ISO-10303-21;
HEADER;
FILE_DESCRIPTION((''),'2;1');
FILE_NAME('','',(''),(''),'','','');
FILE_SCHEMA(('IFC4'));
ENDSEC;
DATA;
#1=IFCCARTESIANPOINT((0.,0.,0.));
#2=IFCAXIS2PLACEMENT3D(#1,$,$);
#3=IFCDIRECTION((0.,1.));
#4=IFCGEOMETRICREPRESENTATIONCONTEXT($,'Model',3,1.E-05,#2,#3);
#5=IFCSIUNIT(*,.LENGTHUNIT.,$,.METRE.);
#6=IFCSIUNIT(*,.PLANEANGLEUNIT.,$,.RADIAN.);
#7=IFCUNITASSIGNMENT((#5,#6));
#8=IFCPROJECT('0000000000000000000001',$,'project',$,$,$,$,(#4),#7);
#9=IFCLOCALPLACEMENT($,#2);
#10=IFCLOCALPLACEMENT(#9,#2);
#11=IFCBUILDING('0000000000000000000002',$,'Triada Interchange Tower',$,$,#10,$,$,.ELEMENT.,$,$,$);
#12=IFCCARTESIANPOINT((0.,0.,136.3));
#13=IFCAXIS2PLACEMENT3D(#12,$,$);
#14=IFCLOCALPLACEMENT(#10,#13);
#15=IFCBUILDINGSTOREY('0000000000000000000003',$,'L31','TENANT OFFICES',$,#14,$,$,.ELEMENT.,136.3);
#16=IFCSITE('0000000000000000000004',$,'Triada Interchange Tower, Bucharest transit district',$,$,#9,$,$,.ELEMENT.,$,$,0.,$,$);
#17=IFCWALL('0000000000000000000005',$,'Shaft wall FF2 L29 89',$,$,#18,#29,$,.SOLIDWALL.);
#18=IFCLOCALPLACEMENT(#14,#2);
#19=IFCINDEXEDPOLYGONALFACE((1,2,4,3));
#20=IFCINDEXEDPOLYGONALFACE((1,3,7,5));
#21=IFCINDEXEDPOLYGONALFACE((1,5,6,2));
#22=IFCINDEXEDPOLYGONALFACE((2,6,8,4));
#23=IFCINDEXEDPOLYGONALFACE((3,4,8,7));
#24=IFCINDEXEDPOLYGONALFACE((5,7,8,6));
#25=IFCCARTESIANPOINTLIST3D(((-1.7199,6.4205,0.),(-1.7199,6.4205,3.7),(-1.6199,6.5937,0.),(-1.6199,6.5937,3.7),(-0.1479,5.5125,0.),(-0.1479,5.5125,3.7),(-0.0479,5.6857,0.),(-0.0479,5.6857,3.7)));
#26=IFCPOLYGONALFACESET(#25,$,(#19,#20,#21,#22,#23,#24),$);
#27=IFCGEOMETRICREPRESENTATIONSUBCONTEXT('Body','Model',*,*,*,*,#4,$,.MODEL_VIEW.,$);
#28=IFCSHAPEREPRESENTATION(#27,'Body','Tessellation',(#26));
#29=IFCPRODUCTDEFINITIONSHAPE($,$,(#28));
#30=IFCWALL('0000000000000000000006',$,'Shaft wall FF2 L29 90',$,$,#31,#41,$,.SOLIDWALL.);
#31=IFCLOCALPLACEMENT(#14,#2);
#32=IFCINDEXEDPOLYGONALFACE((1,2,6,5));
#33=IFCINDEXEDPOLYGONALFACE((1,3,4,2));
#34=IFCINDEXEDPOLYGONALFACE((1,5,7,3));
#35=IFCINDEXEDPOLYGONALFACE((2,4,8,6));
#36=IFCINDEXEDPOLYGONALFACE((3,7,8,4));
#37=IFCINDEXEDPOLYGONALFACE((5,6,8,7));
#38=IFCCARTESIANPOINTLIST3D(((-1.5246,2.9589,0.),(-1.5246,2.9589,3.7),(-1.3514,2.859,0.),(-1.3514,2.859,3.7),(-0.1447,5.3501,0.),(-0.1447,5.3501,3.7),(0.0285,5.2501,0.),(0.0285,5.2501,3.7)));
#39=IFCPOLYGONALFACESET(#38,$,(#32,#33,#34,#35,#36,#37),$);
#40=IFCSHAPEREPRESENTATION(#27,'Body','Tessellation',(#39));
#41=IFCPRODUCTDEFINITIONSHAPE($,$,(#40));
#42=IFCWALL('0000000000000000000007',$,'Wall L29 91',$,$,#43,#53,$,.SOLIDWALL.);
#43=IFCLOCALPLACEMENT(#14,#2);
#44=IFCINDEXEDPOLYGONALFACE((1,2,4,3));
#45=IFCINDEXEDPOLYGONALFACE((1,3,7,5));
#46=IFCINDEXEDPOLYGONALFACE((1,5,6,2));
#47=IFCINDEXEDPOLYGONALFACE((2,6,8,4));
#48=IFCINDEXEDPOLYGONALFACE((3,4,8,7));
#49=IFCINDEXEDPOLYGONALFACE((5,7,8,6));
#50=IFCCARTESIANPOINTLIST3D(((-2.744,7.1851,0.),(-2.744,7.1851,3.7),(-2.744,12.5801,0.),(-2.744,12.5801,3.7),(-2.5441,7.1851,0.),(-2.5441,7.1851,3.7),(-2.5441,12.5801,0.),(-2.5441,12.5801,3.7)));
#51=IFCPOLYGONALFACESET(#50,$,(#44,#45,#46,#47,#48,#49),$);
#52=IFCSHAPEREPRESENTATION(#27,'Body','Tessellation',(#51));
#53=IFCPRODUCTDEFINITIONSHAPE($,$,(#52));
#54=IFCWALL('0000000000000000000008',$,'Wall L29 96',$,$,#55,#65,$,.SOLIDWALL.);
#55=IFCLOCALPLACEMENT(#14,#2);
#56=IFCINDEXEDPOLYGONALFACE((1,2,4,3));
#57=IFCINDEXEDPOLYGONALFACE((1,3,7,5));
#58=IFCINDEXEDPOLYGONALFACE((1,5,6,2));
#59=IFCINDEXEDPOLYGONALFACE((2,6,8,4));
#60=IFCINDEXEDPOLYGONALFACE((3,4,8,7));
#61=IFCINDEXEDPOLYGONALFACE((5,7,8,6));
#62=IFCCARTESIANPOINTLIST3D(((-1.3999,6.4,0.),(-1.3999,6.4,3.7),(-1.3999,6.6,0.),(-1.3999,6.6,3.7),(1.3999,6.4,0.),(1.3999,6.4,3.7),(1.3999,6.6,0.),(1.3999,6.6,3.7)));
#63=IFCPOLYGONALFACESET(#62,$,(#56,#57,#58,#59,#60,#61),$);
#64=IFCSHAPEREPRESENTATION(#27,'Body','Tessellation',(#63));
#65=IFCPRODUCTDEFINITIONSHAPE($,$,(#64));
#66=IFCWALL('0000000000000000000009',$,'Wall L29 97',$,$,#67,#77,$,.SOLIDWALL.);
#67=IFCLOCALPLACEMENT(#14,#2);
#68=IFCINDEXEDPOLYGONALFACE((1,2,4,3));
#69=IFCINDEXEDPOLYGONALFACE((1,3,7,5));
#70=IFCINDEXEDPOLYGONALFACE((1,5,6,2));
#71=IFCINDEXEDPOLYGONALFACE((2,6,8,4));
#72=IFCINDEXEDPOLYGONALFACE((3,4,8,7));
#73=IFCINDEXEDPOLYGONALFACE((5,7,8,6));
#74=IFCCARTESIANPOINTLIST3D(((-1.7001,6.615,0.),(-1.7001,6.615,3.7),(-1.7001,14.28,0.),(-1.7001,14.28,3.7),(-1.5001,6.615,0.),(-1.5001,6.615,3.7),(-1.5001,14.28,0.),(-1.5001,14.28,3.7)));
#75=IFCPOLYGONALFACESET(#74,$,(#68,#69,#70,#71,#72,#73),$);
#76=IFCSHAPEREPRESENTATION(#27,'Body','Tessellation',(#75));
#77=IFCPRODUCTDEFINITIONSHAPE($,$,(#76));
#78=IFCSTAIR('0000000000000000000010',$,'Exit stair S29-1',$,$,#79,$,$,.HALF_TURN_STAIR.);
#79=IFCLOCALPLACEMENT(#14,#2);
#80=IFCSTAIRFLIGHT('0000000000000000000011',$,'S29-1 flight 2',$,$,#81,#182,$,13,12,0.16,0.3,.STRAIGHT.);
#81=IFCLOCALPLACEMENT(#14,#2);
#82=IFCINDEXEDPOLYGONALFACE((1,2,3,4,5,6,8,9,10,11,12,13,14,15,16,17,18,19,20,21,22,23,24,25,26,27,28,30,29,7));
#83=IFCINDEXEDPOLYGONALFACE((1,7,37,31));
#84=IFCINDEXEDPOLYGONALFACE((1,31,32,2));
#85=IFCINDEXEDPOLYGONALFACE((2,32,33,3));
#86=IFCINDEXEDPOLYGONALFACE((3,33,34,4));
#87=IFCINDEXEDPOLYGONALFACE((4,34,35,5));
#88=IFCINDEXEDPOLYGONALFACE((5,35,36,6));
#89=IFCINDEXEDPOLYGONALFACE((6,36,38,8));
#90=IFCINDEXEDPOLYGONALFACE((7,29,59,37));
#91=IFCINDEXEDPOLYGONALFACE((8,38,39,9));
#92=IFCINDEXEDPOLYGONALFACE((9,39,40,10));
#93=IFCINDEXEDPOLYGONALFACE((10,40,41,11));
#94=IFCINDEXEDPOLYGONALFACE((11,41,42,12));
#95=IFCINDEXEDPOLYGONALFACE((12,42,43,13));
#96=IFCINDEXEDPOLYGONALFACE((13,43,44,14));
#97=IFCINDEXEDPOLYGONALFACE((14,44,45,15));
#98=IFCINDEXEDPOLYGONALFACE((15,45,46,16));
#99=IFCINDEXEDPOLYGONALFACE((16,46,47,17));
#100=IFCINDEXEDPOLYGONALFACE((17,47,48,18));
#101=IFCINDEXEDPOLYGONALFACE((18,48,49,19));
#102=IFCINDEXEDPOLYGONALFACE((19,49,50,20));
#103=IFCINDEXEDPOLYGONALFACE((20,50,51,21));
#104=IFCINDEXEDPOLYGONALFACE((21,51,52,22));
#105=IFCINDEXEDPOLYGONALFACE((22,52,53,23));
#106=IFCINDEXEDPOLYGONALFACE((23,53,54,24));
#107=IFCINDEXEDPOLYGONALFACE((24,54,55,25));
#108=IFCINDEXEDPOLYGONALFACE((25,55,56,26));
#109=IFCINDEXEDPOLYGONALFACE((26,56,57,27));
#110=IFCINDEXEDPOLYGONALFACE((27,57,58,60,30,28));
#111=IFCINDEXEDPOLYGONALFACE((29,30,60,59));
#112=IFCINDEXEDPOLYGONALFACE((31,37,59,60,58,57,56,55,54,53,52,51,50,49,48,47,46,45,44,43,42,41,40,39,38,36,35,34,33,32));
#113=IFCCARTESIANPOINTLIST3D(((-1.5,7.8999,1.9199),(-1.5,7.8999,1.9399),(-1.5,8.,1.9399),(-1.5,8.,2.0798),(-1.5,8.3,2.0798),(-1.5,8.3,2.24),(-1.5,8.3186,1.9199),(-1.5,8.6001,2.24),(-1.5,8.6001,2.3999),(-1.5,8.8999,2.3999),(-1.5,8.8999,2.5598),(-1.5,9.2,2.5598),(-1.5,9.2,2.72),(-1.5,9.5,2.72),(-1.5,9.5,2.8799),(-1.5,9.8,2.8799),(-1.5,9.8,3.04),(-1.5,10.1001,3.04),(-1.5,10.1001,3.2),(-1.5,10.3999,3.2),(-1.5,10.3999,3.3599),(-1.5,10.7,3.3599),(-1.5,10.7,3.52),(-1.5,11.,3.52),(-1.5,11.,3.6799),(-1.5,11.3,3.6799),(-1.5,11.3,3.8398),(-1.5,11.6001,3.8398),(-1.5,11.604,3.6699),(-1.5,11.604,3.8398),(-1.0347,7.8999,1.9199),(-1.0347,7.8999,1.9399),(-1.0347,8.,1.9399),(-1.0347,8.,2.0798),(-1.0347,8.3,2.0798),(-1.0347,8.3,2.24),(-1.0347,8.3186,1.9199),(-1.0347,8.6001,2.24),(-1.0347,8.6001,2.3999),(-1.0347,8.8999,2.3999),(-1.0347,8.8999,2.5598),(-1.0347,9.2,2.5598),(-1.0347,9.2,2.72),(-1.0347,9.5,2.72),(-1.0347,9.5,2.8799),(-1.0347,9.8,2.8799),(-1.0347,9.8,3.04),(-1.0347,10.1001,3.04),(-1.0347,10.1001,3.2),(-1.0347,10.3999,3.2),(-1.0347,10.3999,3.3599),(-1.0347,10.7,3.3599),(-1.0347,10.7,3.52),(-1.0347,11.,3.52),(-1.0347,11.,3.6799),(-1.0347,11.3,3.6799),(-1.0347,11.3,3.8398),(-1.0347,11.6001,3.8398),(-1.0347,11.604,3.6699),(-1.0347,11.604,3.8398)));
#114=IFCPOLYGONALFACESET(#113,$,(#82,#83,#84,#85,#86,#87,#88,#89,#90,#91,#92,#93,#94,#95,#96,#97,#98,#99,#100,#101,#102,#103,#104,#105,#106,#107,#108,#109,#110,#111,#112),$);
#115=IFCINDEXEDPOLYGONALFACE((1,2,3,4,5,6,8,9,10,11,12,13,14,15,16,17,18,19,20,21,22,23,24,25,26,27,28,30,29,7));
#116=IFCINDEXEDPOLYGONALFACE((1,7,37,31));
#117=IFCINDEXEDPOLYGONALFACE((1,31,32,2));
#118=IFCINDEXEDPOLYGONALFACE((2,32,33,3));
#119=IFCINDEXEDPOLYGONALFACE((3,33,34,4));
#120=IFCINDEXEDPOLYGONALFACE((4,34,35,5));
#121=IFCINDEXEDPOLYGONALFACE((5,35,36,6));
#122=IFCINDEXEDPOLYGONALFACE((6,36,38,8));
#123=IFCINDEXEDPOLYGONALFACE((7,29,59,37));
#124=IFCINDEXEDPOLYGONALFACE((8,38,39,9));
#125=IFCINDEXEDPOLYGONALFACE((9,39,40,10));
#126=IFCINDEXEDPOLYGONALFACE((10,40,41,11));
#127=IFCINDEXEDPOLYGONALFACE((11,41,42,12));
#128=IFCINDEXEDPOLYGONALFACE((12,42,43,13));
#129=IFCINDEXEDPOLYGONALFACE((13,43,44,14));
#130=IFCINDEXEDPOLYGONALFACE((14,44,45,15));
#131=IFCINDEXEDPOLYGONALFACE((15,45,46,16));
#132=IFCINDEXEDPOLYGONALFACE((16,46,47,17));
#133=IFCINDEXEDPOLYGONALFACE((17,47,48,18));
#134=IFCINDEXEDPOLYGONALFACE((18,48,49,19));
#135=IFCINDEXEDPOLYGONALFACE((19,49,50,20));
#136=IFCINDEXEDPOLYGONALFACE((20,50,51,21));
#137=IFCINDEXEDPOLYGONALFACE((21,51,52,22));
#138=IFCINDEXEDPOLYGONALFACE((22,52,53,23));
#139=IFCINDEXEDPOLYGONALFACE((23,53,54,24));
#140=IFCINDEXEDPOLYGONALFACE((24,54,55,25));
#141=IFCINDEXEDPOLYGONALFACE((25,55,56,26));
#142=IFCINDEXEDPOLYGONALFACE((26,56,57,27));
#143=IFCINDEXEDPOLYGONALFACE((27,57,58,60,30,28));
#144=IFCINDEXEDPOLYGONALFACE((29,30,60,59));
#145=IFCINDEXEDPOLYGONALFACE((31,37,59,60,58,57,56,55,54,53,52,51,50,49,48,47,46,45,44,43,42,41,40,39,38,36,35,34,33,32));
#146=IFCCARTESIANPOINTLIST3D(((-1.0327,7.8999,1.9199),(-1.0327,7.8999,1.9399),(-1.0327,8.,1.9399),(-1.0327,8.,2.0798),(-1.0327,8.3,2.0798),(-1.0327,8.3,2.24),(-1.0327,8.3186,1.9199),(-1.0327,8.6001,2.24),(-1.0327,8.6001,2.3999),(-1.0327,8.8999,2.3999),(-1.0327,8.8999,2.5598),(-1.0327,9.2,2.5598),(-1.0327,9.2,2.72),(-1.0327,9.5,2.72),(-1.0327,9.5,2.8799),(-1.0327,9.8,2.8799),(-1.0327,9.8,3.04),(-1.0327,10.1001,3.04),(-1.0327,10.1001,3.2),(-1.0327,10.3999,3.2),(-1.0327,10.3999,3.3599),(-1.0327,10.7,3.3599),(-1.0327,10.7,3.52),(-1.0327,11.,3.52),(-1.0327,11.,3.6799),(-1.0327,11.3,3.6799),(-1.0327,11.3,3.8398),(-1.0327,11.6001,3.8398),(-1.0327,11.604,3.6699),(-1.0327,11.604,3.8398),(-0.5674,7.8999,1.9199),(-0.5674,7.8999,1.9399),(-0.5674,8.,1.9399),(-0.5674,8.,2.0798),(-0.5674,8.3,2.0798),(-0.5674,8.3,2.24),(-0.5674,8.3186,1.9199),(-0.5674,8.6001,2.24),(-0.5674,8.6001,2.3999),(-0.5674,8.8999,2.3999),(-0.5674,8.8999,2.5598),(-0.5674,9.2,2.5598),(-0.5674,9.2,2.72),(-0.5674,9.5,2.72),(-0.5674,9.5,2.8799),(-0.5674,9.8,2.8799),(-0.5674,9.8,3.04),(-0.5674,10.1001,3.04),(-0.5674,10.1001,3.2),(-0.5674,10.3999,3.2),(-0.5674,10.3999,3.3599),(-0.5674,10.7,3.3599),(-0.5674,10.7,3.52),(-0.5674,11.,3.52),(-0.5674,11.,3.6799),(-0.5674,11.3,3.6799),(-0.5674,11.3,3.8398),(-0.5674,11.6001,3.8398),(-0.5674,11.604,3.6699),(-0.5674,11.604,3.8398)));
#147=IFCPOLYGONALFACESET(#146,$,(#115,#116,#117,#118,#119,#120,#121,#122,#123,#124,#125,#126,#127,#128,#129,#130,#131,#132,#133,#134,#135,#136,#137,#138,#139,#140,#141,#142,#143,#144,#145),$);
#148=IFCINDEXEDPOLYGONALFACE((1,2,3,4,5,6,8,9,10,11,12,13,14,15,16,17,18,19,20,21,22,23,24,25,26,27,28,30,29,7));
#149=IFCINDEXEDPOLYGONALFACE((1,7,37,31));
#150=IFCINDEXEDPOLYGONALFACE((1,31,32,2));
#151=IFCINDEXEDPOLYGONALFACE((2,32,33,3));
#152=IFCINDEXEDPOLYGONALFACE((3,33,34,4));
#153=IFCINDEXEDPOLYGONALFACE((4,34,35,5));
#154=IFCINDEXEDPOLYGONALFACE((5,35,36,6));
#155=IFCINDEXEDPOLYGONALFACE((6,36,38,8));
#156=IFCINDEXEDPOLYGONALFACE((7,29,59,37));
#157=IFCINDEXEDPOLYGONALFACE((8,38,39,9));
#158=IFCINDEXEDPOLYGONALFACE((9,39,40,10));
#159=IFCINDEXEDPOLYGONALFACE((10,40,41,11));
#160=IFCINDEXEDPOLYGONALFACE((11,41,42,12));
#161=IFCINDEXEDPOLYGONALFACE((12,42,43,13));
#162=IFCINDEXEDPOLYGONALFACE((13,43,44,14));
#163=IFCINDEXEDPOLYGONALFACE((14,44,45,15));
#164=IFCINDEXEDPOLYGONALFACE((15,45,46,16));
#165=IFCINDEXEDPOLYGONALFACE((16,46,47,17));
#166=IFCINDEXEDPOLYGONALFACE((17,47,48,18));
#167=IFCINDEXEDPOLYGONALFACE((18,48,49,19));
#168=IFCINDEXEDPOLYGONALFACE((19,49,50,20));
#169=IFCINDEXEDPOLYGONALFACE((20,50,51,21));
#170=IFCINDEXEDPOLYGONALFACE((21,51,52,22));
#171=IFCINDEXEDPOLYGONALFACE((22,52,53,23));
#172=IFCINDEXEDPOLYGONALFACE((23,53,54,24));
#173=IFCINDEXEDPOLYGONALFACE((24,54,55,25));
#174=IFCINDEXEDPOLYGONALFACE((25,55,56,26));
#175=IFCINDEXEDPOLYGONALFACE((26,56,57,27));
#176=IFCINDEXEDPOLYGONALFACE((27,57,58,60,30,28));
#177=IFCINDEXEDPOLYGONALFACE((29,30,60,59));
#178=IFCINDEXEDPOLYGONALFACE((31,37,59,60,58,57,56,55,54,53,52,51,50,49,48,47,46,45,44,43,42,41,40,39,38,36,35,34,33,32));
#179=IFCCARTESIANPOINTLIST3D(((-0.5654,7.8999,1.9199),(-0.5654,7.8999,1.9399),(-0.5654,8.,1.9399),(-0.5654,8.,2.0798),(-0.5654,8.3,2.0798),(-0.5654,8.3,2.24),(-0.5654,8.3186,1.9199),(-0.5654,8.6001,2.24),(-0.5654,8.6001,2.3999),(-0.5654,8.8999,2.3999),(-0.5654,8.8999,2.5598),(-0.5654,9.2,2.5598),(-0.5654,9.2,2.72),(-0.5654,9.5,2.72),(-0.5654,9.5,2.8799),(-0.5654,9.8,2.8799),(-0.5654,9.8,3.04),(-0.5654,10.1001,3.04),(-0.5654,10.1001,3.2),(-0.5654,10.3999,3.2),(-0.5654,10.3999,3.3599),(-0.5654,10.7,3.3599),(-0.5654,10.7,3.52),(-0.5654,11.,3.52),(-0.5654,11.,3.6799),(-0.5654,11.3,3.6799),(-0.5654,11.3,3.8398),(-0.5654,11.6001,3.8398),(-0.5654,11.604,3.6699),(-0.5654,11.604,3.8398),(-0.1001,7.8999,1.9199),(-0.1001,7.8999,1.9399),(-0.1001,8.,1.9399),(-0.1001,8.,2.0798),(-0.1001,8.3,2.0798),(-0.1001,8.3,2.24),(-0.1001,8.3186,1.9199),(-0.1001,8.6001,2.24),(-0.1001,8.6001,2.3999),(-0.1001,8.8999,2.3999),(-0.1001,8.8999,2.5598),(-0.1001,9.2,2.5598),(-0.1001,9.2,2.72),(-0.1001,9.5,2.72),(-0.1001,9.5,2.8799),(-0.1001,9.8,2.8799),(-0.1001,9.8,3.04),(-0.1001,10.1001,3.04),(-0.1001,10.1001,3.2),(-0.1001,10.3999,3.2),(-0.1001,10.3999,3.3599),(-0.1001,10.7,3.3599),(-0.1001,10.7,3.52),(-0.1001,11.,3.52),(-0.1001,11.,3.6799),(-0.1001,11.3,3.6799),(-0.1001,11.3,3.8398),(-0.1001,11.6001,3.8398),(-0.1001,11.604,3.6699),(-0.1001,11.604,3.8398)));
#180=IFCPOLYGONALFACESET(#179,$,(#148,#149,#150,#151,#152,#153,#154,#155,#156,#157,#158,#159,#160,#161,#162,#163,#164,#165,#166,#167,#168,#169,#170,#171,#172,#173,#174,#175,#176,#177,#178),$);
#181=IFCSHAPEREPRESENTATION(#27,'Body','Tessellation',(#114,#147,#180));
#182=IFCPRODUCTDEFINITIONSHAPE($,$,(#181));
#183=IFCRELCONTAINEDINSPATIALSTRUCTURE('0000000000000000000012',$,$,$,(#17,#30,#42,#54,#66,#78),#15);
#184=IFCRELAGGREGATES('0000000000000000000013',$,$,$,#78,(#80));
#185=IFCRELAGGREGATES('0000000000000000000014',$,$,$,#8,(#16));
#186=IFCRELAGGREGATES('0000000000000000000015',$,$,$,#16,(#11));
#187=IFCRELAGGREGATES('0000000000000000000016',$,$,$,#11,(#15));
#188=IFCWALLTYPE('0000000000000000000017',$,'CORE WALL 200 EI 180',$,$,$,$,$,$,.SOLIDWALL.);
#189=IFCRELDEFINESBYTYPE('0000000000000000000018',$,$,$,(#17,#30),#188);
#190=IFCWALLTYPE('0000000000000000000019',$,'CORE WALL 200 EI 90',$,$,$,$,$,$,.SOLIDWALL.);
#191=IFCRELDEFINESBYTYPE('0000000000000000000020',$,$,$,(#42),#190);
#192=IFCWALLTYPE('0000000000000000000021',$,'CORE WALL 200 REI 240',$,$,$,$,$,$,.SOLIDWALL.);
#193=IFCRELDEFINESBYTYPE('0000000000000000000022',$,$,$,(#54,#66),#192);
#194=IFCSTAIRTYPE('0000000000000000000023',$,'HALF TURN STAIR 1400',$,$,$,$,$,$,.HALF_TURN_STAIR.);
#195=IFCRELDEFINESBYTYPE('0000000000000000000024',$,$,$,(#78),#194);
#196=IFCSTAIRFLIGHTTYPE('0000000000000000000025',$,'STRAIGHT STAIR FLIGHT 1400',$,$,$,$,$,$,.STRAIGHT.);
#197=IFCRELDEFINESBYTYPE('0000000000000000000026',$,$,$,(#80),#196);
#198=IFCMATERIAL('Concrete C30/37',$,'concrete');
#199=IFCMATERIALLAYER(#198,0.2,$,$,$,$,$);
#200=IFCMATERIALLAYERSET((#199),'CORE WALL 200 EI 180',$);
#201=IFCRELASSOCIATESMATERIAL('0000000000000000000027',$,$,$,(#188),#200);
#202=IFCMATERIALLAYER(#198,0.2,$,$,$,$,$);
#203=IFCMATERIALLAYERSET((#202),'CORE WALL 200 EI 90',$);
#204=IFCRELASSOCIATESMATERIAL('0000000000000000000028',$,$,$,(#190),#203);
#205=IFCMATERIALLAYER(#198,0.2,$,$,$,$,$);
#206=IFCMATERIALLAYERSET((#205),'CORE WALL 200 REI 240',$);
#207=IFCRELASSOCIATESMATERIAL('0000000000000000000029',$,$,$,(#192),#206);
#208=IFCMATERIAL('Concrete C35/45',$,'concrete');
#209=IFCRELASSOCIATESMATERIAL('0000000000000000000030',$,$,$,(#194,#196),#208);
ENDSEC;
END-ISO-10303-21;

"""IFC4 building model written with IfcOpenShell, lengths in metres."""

from ifc_helpers import new_model, si_unit, direction, frame, frame_2d, origin, place, context, subcontext, project, spatial, polyline, rectangle, outline, extrude, material, layer, layer_set, type_object, element, aggregate, save


model = new_model("IFC4")

# Units and contexts
model_context = context("Model", 3, precision=1e-05, world=origin(), true_north=direction((0.0, 1.0)))
body_context = subcontext(model_context, "Body", "Model", "MODEL_VIEW")
ifc_project = project(units=[si_unit("LENGTHUNIT", "METRE"), si_unit("PLANEANGLEUNIT", "RADIAN")], contexts=[model_context])

# Site, building, storey
site_placement = place(None, origin())
site = spatial("IfcSite", under=ifc_project, at=site_placement, Name="Triada Interchange Tower, Bucharest transit district", CompositionType="ELEMENT", RefElevation=0.0)
building_placement = place(site_placement, origin())
building = spatial("IfcBuilding", under=site, at=building_placement, Name="Triada Interchange Tower", CompositionType="ELEMENT")
storey_placement = place(building_placement, frame((0.0, 0.0, 136.3)))
storey = spatial("IfcBuildingStorey", under=building, at=storey_placement, Name="L31", Description="TENANT OFFICES", CompositionType="ELEMENT", Elevation=136.3)

# Shared definitions
ifc_material_1 = material(Name="Concrete C30/37", Category="concrete")
ifc_layer_1 = layer(ifc_material_1, 0.2)
ifc_layer_set_1 = layer_set([ifc_layer_1], Name="CORE WALL 200 EI 180")
wall_type_1 = type_object("IfcWallType", Name="CORE WALL 200 EI 180", PredefinedType="SOLIDWALL", material=ifc_layer_set_1)

# Walls
wall_1_placement = place(storey_placement, frame((-1.6699, 6.5071, 0.0), z_axis=(0.0, 0.0, 1.0), x_axis=(0.865941, -0.500145, 0.0)))
element("IfcWall", 1, at=wall_1_placement, inside=storey, type_object=wall_type_1, Name="Shaft wall FF2 L29 89", PredefinedType="SOLIDWALL", context=body_context, shape_type="SweptSolid", body=[
    extrude(rectangle(XDim=1.8154, YDim=0.2, at=frame_2d((0.9077, 0.0))), origin(), (0.0, 0.0, 1.0), 3.7),
])
wall_2_placement = place(storey_placement, frame((-1.438, 2.9089, 0.0), z_axis=(0.0, 0.0, 1.0), x_axis=(0.49983, 0.866124, 0.0)))
element("IfcWall", 2, at=wall_2_placement, inside=storey, type_object=wall_type_1, Name="Shaft wall FF2 L29 90", PredefinedType="SOLIDWALL", context=body_context, shape_type="SweptSolid", body=[
    extrude(rectangle(XDim=2.7607, YDim=0.2, at=frame_2d((1.3804, 0.0))), origin(), (0.0, 0.0, 1.0), 3.7),
])
ifc_layer_2 = layer(ifc_material_1, 0.2)
ifc_layer_set_2 = layer_set([ifc_layer_2], Name="CORE WALL 200 EI 90")
wall_type_2 = type_object("IfcWallType", Name="CORE WALL 200 EI 90", PredefinedType="SOLIDWALL", material=ifc_layer_set_2)
wall_3_placement = place(storey_placement, frame((-2.644, 7.1851, 0.0), z_axis=(0.0, 0.0, 1.0), x_axis=(0.0, 1.0, 0.0)))
element("IfcWall", 3, at=wall_3_placement, inside=storey, type_object=wall_type_2, Name="Wall L29 91", PredefinedType="SOLIDWALL", context=body_context, shape_type="SweptSolid", body=[
    extrude(rectangle(XDim=5.395, YDim=0.2, at=frame_2d((2.6975, 0.0))), origin(), (0.0, 0.0, 1.0), 3.7),
])
ifc_layer_3 = layer(ifc_material_1, 0.2)
ifc_layer_set_3 = layer_set([ifc_layer_3], Name="CORE WALL 200 REI 240")
wall_type_3 = type_object("IfcWallType", Name="CORE WALL 200 REI 240", PredefinedType="SOLIDWALL", material=ifc_layer_set_3)
wall_4_placement = place(storey_placement, frame((-1.3999, 6.5, 0.0), z_axis=(0.0, 0.0, 1.0), x_axis=(1.0, 0.0, 0.0)))
element("IfcWall", 4, at=wall_4_placement, inside=storey, type_object=wall_type_3, Name="Wall L29 96", PredefinedType="SOLIDWALL", context=body_context, shape_type="SweptSolid", body=[
    extrude(rectangle(XDim=2.7998, YDim=0.2, at=frame_2d((1.3999, 0.0))), origin(), (0.0, 0.0, 1.0), 3.7),
])
wall_5_placement = place(storey_placement, frame((-1.6001, 6.615, 0.0), z_axis=(0.0, 0.0, 1.0), x_axis=(0.0, 1.0, 0.0)))
element("IfcWall", 5, at=wall_5_placement, inside=storey, type_object=wall_type_3, Name="Wall L29 97", PredefinedType="SOLIDWALL", context=body_context, shape_type="SweptSolid", body=[
    extrude(rectangle(XDim=7.665, YDim=0.2, at=frame_2d((3.8325, 0.0))), origin(), (0.0, 0.0, 1.0), 3.7),
])

# Stair, stair flight
ifc_material_2 = material(Name="Concrete C35/45", Category="concrete")
stair_type = type_object("IfcStairType", Name="HALF TURN STAIR 1400", PredefinedType="HALF_TURN_STAIR", material=ifc_material_2)
stair_placement = place(storey_placement, origin())
stair = element("IfcStair", 6, at=stair_placement, inside=storey, type_object=stair_type, Name="Exit stair S29-1", PredefinedType="HALF_TURN_STAIR")
stair_flight_type = type_object("IfcStairFlightType", Name="STRAIGHT STAIR FLIGHT 1400", PredefinedType="STRAIGHT", material=ifc_material_2)
stair_flight_placement = place(storey_placement, frame((-0.8, 8.0, 1.9199), z_axis=(0.0, 0.0, 1.0), x_axis=(0.0, 1.0, 0.0)))
stair_flight = element("IfcStairFlight", 7, at=stair_flight_placement, type_object=stair_flight_type, Name="S29-1 flight 2", NumberOfRisers=13, NumberOfTreads=12, PredefinedType="STRAIGHT", RiserHeight=0.16, TreadLength=0.3, context=body_context, shape_type="SweptSolid", body=[
    extrude(outline(polyline([(-0.1001, 0.0), (-0.1001, 0.02), (0.0, 0.02), (0.0, 0.1599), (0.3, 0.1599), (0.3, 0.3201), (0.6001, 0.3201), (0.6001, 0.48), (0.8999, 0.48), (0.8999, 0.6399), (1.2, 0.6399), (1.2, 0.8), (1.5, 0.8), (1.5, 0.96), (1.8, 0.96), (1.8, 1.1201), (2.1001, 1.1201), (2.1001, 1.28), (2.3999, 1.28), (2.3999, 1.4399), (2.7, 1.4399), (2.7, 1.6001), (3.0, 1.6001), (3.0, 1.76), (3.3, 1.76), (3.3, 1.9199), (3.6001, 1.9199), (3.604, 1.9199), (3.604, 2.0801), (3.604, 1.75), (0.3186, 0.0), (-0.1001, 0.0)])), frame((0.0, 0.7, 0.0), z_axis=(0.0, -1.0, 0.0), x_axis=(1.0, 0.0, 0.0)), (0.0, 0.0, 1.0), 0.4653),
    extrude(outline(polyline([(-0.1001, 0.0), (-0.1001, 0.02), (0.0, 0.02), (0.0, 0.1599), (0.3, 0.1599), (0.3, 0.3201), (0.6001, 0.3201), (0.6001, 0.48), (0.8999, 0.48), (0.8999, 0.6399), (1.2, 0.6399), (1.2, 0.8), (1.5, 0.8), (1.5, 0.96), (1.8, 0.96), (1.8, 1.1201), (2.1001, 1.1201), (2.1001, 1.28), (2.3999, 1.28), (2.3999, 1.4399), (2.7, 1.4399), (2.7, 1.6001), (3.0, 1.6001), (3.0, 1.76), (3.3, 1.76), (3.3, 1.9199), (3.6001, 1.9199), (3.604, 1.9199), (3.604, 2.0801), (3.604, 1.75), (0.3186, 0.0), (-0.1001, 0.0)])), frame((0.0, 0.2327, 0.0), z_axis=(0.0, -1.0, 0.0), x_axis=(1.0, 0.0, 0.0)), (0.0, 0.0, 1.0), 0.4653),
    extrude(outline(polyline([(-0.1001, 0.0), (-0.1001, 0.02), (0.0, 0.02), (0.0, 0.1599), (0.3, 0.1599), (0.3, 0.3201), (0.6001, 0.3201), (0.6001, 0.48), (0.8999, 0.48), (0.8999, 0.6399), (1.2, 0.6399), (1.2, 0.8), (1.5, 0.8), (1.5, 0.96), (1.8, 0.96), (1.8, 1.1201), (2.1001, 1.1201), (2.1001, 1.28), (2.3999, 1.28), (2.3999, 1.4399), (2.7, 1.4399), (2.7, 1.6001), (3.0, 1.6001), (3.0, 1.76), (3.3, 1.76), (3.3, 1.9199), (3.6001, 1.9199), (3.604, 1.9199), (3.604, 2.0801), (3.604, 1.75), (0.3186, 0.0), (-0.1001, 0.0)])), frame((0.0, -0.2346, 0.0), z_axis=(0.0, -1.0, 0.0), x_axis=(1.0, 0.0, 0.0)), (0.0, 0.0, 1.0), 0.4653),
])
aggregate(stair, [stair_flight])

save(model, "model.ifc")
